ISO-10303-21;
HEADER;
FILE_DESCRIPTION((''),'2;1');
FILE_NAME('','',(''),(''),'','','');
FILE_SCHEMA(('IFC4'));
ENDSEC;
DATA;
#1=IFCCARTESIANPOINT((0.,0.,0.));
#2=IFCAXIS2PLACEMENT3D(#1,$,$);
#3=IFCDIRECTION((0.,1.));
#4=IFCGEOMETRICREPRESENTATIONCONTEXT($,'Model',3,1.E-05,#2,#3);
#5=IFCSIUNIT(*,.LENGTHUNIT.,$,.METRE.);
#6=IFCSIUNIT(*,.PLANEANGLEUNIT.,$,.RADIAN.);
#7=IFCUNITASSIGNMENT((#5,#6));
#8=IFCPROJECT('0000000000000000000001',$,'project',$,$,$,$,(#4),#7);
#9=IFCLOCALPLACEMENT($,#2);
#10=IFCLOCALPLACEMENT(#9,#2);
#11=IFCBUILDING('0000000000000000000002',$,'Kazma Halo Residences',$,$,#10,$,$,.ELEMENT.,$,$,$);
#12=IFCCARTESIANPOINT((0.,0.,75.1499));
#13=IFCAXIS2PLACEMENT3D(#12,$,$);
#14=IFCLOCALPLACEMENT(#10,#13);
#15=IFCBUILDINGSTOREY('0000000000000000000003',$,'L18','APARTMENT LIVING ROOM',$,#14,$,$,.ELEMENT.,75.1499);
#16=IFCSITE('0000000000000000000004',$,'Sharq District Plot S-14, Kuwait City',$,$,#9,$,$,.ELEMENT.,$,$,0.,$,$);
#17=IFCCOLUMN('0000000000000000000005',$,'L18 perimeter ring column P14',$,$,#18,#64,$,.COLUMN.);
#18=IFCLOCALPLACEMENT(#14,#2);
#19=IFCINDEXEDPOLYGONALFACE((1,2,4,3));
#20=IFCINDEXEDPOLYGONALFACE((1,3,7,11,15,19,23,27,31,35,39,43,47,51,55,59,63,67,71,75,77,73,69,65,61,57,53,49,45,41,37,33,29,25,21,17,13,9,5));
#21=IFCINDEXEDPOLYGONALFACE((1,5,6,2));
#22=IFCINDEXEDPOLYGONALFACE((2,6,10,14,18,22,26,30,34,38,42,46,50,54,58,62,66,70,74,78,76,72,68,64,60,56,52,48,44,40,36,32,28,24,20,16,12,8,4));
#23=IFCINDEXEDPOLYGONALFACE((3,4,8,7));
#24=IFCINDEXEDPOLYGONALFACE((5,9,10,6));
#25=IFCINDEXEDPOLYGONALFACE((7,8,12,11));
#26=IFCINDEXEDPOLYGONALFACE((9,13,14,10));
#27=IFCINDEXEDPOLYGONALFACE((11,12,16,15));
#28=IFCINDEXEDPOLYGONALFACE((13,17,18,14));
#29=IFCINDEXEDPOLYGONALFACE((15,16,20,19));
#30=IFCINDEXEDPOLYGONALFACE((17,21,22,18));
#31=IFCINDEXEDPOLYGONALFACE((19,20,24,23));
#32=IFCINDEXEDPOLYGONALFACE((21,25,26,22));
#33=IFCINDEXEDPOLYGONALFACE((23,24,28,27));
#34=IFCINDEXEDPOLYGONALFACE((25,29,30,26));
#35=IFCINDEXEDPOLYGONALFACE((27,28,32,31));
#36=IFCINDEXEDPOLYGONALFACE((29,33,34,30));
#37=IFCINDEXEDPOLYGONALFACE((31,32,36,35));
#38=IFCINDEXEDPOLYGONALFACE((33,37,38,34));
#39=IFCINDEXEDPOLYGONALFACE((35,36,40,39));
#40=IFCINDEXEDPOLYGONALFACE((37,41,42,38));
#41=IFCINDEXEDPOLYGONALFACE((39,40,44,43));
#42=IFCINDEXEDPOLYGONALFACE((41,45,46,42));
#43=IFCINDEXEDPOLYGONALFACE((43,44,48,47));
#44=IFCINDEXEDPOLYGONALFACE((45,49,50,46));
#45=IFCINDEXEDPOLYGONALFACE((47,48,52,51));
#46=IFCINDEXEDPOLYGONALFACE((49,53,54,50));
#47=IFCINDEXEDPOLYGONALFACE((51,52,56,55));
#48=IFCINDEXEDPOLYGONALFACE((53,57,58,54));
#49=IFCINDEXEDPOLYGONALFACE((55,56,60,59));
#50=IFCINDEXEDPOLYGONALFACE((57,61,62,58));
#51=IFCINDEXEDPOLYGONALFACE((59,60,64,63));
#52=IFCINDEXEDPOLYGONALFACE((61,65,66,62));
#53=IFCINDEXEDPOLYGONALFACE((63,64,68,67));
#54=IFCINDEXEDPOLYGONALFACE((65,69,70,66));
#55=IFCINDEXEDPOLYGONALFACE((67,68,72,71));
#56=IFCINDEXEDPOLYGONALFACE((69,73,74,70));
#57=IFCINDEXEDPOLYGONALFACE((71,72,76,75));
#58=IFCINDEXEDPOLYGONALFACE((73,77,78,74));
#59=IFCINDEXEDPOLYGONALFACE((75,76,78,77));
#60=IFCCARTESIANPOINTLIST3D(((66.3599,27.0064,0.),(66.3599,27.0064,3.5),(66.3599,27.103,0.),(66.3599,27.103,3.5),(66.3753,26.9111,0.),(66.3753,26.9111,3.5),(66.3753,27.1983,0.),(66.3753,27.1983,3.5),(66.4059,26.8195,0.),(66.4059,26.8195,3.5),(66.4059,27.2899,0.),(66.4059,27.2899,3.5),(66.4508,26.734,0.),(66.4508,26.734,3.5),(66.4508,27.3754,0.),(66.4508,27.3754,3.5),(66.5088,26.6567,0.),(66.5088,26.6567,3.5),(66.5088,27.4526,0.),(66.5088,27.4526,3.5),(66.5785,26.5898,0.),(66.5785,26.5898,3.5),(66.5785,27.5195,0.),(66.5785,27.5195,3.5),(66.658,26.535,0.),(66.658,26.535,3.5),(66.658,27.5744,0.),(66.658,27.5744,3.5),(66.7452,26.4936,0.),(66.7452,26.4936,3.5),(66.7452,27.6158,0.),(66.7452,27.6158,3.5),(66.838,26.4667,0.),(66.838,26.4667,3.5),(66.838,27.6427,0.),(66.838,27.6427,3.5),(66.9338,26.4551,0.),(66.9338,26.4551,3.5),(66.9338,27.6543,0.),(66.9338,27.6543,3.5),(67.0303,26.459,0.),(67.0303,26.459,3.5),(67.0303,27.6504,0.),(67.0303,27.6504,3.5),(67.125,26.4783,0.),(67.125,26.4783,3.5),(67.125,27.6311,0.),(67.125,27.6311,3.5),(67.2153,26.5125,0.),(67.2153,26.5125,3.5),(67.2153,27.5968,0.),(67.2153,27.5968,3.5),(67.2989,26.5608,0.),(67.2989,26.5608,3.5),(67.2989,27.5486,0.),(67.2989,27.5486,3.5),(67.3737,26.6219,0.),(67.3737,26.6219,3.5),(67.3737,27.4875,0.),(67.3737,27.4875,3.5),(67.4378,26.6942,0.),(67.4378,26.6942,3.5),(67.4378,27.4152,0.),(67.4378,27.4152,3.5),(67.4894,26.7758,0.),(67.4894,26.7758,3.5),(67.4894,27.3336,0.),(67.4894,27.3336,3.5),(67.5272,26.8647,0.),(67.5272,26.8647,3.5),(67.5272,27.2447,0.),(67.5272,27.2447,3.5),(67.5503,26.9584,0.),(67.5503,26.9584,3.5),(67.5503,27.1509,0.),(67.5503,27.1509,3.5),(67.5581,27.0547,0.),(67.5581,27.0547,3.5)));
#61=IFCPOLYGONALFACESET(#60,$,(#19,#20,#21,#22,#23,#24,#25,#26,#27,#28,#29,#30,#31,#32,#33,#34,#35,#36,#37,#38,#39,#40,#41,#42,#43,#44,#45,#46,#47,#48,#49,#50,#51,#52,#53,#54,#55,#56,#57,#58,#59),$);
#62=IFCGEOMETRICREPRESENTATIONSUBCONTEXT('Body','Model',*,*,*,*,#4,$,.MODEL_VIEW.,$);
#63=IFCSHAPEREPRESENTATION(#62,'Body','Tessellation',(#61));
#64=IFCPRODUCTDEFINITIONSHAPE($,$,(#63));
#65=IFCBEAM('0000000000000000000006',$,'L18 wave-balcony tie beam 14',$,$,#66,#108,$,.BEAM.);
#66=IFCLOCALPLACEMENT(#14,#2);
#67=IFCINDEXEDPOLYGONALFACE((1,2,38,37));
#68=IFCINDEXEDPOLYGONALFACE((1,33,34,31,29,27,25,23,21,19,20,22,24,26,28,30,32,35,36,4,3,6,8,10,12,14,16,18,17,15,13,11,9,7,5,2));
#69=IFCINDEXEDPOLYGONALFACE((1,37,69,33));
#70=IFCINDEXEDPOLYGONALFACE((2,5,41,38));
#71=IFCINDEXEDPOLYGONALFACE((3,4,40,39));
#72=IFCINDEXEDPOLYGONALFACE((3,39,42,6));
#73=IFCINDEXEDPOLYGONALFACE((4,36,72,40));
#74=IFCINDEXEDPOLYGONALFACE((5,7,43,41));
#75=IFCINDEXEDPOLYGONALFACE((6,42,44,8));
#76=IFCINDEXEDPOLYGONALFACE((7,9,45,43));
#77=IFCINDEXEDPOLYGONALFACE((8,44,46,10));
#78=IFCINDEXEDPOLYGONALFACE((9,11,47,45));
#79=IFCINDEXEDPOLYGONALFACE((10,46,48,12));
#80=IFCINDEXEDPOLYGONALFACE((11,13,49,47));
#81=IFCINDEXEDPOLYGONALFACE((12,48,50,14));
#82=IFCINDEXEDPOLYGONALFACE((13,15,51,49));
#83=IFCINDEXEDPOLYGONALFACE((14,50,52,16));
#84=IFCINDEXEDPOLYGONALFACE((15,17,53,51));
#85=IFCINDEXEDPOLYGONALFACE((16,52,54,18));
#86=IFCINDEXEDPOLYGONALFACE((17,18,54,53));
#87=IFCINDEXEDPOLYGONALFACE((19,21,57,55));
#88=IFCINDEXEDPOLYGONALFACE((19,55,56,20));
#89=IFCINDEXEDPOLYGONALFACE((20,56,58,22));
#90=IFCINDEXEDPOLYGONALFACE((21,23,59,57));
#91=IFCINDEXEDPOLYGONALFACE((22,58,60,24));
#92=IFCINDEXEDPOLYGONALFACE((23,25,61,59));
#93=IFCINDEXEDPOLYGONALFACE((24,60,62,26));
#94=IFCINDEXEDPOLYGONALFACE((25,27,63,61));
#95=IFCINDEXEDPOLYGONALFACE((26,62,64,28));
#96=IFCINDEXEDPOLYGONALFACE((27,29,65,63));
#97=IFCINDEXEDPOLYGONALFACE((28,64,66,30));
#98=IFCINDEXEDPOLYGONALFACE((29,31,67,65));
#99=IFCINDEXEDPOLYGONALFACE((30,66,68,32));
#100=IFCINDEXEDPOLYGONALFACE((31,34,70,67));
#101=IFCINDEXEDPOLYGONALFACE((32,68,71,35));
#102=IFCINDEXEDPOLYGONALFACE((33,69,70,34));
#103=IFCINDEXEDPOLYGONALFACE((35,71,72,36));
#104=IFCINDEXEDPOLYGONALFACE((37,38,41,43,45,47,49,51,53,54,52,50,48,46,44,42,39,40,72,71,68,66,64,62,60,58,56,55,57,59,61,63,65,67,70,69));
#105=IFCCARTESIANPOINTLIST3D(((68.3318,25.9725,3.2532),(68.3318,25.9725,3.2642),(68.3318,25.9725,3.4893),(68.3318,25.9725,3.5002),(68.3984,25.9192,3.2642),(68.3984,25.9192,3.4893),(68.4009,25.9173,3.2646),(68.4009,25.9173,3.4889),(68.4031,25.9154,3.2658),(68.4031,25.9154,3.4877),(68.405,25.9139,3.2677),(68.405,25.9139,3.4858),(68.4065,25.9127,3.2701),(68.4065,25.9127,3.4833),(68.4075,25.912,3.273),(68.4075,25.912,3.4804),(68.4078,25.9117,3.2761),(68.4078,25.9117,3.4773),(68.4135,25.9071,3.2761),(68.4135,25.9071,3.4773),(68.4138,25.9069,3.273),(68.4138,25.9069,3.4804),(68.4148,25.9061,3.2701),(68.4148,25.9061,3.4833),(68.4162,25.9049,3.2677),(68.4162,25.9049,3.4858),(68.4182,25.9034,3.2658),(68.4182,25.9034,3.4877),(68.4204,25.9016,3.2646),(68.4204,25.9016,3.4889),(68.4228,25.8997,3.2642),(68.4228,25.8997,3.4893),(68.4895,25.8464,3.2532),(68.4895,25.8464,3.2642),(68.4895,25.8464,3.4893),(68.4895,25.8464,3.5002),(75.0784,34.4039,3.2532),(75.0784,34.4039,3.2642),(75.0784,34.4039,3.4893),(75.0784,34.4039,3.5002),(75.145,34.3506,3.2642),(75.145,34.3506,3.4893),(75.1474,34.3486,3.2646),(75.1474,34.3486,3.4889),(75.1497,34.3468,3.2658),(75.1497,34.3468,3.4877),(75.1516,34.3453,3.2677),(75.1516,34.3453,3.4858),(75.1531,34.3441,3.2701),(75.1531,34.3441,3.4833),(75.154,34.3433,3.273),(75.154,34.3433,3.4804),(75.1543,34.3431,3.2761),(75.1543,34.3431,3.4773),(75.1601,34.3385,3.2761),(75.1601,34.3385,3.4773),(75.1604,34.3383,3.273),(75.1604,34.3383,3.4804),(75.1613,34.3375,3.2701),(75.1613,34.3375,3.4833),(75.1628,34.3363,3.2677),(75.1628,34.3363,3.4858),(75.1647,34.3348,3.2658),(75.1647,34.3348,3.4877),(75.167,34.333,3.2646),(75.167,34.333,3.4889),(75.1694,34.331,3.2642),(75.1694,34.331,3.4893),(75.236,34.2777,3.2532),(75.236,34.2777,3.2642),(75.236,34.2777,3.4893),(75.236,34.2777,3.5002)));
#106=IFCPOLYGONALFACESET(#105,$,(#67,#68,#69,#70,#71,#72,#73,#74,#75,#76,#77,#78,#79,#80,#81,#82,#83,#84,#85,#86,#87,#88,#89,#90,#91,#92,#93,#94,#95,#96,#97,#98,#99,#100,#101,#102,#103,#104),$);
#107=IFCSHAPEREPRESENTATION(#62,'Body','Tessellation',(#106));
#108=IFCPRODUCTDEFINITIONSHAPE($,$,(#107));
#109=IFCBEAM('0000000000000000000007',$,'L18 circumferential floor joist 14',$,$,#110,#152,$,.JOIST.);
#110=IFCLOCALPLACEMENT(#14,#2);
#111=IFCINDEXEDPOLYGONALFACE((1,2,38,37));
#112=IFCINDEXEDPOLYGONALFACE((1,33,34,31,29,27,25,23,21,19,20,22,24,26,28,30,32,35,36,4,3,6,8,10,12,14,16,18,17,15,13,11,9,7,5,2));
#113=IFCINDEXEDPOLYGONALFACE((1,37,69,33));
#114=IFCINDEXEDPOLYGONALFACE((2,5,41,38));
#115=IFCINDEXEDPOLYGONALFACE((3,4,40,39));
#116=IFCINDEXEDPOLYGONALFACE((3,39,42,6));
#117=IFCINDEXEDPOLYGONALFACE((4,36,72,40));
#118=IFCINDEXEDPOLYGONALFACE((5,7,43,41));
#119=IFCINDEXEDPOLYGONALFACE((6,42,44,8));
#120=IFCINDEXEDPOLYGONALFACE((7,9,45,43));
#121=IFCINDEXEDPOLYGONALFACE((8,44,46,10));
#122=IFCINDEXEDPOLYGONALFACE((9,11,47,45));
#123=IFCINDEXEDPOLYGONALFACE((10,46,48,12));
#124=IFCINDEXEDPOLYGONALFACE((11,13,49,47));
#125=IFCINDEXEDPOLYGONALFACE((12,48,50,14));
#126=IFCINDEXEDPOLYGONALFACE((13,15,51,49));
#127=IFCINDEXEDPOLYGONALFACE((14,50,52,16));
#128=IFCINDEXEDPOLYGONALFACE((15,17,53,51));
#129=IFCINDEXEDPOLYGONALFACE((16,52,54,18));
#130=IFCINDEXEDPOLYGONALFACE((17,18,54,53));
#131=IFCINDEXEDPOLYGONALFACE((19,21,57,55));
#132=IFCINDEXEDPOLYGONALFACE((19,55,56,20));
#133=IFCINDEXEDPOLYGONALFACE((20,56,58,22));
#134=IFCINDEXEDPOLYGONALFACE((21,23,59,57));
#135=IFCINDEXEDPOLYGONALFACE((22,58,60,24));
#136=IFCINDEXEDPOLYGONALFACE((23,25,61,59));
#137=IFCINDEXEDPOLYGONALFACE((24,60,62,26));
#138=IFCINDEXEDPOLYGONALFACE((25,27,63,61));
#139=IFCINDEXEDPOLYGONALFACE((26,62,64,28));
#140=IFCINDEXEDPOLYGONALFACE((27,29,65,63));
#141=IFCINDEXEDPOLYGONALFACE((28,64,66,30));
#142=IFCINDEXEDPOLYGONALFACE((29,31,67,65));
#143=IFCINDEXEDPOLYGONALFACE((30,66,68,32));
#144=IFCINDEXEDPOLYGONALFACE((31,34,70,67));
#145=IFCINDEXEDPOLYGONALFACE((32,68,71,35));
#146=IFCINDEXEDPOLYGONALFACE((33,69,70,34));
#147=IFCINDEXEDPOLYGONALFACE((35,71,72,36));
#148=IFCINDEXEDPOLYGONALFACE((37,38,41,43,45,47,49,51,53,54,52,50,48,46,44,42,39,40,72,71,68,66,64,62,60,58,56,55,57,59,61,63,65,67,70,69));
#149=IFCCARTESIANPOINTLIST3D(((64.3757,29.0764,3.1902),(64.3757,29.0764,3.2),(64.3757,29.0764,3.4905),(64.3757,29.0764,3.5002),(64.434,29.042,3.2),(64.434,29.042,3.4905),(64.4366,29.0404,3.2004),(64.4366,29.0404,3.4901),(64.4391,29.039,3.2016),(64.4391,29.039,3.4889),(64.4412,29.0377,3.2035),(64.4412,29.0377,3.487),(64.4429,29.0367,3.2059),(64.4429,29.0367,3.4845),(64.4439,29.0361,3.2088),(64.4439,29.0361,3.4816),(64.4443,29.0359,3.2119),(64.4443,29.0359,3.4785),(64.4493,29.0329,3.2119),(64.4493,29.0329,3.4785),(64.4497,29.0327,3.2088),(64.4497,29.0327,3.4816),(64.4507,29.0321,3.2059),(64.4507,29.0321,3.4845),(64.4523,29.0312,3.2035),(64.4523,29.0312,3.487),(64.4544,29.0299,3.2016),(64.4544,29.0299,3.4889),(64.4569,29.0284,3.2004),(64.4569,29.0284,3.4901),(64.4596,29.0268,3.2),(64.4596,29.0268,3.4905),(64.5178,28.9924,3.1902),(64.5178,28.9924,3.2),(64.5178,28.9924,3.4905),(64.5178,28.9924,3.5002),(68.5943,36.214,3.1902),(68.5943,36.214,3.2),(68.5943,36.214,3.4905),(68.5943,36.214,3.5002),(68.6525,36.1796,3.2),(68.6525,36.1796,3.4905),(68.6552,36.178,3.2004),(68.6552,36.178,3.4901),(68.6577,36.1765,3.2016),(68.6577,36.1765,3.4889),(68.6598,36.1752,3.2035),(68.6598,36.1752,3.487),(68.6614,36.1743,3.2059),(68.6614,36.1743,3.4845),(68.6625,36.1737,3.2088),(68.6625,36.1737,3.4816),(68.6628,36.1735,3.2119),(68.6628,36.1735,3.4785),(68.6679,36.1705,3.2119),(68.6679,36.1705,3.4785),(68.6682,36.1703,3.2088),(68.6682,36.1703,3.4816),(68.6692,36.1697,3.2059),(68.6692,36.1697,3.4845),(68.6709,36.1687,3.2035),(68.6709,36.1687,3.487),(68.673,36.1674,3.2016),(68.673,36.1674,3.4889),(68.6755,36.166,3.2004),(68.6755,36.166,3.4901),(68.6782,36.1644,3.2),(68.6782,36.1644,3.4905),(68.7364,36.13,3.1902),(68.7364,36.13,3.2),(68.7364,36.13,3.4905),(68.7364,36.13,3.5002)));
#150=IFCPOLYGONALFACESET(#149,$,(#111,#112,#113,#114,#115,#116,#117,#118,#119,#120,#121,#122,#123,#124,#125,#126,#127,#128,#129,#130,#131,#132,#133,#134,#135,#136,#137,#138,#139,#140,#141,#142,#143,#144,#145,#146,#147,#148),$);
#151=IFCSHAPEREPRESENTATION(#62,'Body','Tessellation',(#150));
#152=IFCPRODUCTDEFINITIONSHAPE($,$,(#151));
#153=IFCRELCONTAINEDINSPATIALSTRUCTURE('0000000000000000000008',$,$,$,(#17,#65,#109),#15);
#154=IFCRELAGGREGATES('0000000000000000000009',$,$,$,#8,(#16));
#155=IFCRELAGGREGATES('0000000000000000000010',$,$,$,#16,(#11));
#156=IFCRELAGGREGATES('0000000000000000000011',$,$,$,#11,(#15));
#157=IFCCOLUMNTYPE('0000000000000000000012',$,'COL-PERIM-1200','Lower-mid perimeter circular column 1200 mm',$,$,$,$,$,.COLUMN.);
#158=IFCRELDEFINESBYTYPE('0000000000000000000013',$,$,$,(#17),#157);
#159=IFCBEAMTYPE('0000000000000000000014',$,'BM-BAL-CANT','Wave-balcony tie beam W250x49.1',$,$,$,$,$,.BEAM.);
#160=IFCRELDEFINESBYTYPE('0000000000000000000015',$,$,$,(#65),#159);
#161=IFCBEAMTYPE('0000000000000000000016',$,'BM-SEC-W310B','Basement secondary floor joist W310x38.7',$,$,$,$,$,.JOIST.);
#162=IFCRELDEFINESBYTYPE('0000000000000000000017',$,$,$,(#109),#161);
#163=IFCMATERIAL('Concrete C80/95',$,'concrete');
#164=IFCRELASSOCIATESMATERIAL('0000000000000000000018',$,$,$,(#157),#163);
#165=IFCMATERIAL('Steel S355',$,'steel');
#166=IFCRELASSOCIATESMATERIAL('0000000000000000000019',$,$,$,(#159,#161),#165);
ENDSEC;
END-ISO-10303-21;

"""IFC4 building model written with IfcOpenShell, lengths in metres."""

from ifc_helpers import new_model, si_unit, direction, frame, origin, origin_2d, place, context, subcontext, project, spatial, circle, i_section, extrude, material, material_profile, profile_set, type_object, element, save


model = new_model("IFC4")

# Units and contexts
model_context = context("Model", 3, precision=1e-05, world=origin(), true_north=direction((0.0, 1.0)))
body_context = subcontext(model_context, "Body", "Model", "MODEL_VIEW")
ifc_project = project(units=[si_unit("LENGTHUNIT", "METRE"), si_unit("PLANEANGLEUNIT", "RADIAN")], contexts=[model_context])

# Site, building, storey
site_placement = place(None, origin())
site = spatial("IfcSite", under=ifc_project, at=site_placement, Name="Sharq District Plot S-14, Kuwait City", CompositionType="ELEMENT", RefElevation=0.0)
building_placement = place(site_placement, origin())
building = spatial("IfcBuilding", under=site, at=building_placement, Name="Kazma Halo Residences", CompositionType="ELEMENT")
storey_placement = place(building_placement, frame((0.0, 0.0, 75.1499)))
storey = spatial("IfcBuildingStorey", under=building, at=storey_placement, Name="L18", Description="APARTMENT LIVING ROOM", CompositionType="ELEMENT", Elevation=75.1499)

# Column
ifc_material_1 = material(Name="Concrete C80/95", Category="concrete")
ifc_material_profile_1 = material_profile(ifc_material_1, circle(Radius=0.6001, at=origin_2d()), Name="CIRC1200")
ifc_profile_set_1 = profile_set([ifc_material_profile_1], Name="Concrete C80/95")
column_type = type_object("IfcColumnType", Name="COL-PERIM-1200", Description="Lower-mid perimeter circular column 1200 mm", PredefinedType="COLUMN", material=ifc_profile_set_1)
column_placement = place(storey_placement, frame((66.958, 27.0547, 0.0), z_axis=(0.0, 0.0, 1.0), x_axis=(1.0, 0.0, 0.0)))
element("IfcColumn", 1, at=column_placement, inside=storey, type_object=column_type, Name="L18 perimeter ring column P14", PredefinedType="COLUMN", context=body_context, shape_type="SweptSolid", body=[
    extrude(circle(Radius=0.6001, at=origin_2d()), origin(), (0.0, 0.0, 1.0), 3.5),
])

# Beams
ifc_material_2 = material(Name="Steel S355", Category="steel")
ifc_material_profile_2 = material_profile(ifc_material_2, i_section(OverallWidth=0.2019, OverallDepth=0.2471, WebThickness=0.0073, FlangeThickness=0.011, FilletRadius=0.012, at=origin_2d()), Name="W250x49.1")
ifc_profile_set_2 = profile_set([ifc_material_profile_2], Name="Steel S355")
beam_type_1 = type_object("IfcBeamType", Name="BM-BAL-CANT", Description="Wave-balcony tie beam W250x49.1", PredefinedType="BEAM", material=ifc_profile_set_2)
beam_1_placement = place(storey_placement, frame((68.4106, 25.9094, 3.3767), z_axis=(0.624778, 0.780803, 0.0), x_axis=(-0.780803, 0.624778, 0.0)))
element("IfcBeam", 2, at=beam_1_placement, inside=storey, type_object=beam_type_1, Name="L18 wave-balcony tie beam 14", PredefinedType="BEAM", context=body_context, shape_type="SweptSolid", body=[
    extrude(i_section(OverallWidth=0.2019, OverallDepth=0.2471, WebThickness=0.0073, FlangeThickness=0.011, FilletRadius=0.012, at=origin_2d()), origin(), (0.0, 0.0, 1.0), 10.7983),
])
ifc_material_profile_3 = material_profile(ifc_material_2, i_section(OverallWidth=0.165, OverallDepth=0.3101, WebThickness=0.0059, FlangeThickness=0.0098, FilletRadius=0.012, at=origin_2d()), Name="W310x38.7")
ifc_profile_set_3 = profile_set([ifc_material_profile_3], Name="Steel S355")
beam_type_2 = type_object("IfcBeamType", Name="BM-SEC-W310B", Description="Basement secondary floor joist W310x38.7", PredefinedType="JOIST", material=ifc_profile_set_3)
beam_2_placement = place(storey_placement, frame((64.4468, 29.0344, 3.3452), z_axis=(0.508812, 0.860878, 0.0), x_axis=(-0.860878, 0.508812, 0.0)))
element("IfcBeam", 3, at=beam_2_placement, inside=storey, type_object=beam_type_2, Name="L18 circumferential floor joist 14", PredefinedType="JOIST", context=body_context, shape_type="SweptSolid", body=[
    extrude(i_section(OverallWidth=0.165, OverallDepth=0.3101, WebThickness=0.0059, FlangeThickness=0.0098, FilletRadius=0.012, at=origin_2d()), origin(), (0.0, 0.0, 1.0), 8.291),
])

save(model, "model.ifc")
